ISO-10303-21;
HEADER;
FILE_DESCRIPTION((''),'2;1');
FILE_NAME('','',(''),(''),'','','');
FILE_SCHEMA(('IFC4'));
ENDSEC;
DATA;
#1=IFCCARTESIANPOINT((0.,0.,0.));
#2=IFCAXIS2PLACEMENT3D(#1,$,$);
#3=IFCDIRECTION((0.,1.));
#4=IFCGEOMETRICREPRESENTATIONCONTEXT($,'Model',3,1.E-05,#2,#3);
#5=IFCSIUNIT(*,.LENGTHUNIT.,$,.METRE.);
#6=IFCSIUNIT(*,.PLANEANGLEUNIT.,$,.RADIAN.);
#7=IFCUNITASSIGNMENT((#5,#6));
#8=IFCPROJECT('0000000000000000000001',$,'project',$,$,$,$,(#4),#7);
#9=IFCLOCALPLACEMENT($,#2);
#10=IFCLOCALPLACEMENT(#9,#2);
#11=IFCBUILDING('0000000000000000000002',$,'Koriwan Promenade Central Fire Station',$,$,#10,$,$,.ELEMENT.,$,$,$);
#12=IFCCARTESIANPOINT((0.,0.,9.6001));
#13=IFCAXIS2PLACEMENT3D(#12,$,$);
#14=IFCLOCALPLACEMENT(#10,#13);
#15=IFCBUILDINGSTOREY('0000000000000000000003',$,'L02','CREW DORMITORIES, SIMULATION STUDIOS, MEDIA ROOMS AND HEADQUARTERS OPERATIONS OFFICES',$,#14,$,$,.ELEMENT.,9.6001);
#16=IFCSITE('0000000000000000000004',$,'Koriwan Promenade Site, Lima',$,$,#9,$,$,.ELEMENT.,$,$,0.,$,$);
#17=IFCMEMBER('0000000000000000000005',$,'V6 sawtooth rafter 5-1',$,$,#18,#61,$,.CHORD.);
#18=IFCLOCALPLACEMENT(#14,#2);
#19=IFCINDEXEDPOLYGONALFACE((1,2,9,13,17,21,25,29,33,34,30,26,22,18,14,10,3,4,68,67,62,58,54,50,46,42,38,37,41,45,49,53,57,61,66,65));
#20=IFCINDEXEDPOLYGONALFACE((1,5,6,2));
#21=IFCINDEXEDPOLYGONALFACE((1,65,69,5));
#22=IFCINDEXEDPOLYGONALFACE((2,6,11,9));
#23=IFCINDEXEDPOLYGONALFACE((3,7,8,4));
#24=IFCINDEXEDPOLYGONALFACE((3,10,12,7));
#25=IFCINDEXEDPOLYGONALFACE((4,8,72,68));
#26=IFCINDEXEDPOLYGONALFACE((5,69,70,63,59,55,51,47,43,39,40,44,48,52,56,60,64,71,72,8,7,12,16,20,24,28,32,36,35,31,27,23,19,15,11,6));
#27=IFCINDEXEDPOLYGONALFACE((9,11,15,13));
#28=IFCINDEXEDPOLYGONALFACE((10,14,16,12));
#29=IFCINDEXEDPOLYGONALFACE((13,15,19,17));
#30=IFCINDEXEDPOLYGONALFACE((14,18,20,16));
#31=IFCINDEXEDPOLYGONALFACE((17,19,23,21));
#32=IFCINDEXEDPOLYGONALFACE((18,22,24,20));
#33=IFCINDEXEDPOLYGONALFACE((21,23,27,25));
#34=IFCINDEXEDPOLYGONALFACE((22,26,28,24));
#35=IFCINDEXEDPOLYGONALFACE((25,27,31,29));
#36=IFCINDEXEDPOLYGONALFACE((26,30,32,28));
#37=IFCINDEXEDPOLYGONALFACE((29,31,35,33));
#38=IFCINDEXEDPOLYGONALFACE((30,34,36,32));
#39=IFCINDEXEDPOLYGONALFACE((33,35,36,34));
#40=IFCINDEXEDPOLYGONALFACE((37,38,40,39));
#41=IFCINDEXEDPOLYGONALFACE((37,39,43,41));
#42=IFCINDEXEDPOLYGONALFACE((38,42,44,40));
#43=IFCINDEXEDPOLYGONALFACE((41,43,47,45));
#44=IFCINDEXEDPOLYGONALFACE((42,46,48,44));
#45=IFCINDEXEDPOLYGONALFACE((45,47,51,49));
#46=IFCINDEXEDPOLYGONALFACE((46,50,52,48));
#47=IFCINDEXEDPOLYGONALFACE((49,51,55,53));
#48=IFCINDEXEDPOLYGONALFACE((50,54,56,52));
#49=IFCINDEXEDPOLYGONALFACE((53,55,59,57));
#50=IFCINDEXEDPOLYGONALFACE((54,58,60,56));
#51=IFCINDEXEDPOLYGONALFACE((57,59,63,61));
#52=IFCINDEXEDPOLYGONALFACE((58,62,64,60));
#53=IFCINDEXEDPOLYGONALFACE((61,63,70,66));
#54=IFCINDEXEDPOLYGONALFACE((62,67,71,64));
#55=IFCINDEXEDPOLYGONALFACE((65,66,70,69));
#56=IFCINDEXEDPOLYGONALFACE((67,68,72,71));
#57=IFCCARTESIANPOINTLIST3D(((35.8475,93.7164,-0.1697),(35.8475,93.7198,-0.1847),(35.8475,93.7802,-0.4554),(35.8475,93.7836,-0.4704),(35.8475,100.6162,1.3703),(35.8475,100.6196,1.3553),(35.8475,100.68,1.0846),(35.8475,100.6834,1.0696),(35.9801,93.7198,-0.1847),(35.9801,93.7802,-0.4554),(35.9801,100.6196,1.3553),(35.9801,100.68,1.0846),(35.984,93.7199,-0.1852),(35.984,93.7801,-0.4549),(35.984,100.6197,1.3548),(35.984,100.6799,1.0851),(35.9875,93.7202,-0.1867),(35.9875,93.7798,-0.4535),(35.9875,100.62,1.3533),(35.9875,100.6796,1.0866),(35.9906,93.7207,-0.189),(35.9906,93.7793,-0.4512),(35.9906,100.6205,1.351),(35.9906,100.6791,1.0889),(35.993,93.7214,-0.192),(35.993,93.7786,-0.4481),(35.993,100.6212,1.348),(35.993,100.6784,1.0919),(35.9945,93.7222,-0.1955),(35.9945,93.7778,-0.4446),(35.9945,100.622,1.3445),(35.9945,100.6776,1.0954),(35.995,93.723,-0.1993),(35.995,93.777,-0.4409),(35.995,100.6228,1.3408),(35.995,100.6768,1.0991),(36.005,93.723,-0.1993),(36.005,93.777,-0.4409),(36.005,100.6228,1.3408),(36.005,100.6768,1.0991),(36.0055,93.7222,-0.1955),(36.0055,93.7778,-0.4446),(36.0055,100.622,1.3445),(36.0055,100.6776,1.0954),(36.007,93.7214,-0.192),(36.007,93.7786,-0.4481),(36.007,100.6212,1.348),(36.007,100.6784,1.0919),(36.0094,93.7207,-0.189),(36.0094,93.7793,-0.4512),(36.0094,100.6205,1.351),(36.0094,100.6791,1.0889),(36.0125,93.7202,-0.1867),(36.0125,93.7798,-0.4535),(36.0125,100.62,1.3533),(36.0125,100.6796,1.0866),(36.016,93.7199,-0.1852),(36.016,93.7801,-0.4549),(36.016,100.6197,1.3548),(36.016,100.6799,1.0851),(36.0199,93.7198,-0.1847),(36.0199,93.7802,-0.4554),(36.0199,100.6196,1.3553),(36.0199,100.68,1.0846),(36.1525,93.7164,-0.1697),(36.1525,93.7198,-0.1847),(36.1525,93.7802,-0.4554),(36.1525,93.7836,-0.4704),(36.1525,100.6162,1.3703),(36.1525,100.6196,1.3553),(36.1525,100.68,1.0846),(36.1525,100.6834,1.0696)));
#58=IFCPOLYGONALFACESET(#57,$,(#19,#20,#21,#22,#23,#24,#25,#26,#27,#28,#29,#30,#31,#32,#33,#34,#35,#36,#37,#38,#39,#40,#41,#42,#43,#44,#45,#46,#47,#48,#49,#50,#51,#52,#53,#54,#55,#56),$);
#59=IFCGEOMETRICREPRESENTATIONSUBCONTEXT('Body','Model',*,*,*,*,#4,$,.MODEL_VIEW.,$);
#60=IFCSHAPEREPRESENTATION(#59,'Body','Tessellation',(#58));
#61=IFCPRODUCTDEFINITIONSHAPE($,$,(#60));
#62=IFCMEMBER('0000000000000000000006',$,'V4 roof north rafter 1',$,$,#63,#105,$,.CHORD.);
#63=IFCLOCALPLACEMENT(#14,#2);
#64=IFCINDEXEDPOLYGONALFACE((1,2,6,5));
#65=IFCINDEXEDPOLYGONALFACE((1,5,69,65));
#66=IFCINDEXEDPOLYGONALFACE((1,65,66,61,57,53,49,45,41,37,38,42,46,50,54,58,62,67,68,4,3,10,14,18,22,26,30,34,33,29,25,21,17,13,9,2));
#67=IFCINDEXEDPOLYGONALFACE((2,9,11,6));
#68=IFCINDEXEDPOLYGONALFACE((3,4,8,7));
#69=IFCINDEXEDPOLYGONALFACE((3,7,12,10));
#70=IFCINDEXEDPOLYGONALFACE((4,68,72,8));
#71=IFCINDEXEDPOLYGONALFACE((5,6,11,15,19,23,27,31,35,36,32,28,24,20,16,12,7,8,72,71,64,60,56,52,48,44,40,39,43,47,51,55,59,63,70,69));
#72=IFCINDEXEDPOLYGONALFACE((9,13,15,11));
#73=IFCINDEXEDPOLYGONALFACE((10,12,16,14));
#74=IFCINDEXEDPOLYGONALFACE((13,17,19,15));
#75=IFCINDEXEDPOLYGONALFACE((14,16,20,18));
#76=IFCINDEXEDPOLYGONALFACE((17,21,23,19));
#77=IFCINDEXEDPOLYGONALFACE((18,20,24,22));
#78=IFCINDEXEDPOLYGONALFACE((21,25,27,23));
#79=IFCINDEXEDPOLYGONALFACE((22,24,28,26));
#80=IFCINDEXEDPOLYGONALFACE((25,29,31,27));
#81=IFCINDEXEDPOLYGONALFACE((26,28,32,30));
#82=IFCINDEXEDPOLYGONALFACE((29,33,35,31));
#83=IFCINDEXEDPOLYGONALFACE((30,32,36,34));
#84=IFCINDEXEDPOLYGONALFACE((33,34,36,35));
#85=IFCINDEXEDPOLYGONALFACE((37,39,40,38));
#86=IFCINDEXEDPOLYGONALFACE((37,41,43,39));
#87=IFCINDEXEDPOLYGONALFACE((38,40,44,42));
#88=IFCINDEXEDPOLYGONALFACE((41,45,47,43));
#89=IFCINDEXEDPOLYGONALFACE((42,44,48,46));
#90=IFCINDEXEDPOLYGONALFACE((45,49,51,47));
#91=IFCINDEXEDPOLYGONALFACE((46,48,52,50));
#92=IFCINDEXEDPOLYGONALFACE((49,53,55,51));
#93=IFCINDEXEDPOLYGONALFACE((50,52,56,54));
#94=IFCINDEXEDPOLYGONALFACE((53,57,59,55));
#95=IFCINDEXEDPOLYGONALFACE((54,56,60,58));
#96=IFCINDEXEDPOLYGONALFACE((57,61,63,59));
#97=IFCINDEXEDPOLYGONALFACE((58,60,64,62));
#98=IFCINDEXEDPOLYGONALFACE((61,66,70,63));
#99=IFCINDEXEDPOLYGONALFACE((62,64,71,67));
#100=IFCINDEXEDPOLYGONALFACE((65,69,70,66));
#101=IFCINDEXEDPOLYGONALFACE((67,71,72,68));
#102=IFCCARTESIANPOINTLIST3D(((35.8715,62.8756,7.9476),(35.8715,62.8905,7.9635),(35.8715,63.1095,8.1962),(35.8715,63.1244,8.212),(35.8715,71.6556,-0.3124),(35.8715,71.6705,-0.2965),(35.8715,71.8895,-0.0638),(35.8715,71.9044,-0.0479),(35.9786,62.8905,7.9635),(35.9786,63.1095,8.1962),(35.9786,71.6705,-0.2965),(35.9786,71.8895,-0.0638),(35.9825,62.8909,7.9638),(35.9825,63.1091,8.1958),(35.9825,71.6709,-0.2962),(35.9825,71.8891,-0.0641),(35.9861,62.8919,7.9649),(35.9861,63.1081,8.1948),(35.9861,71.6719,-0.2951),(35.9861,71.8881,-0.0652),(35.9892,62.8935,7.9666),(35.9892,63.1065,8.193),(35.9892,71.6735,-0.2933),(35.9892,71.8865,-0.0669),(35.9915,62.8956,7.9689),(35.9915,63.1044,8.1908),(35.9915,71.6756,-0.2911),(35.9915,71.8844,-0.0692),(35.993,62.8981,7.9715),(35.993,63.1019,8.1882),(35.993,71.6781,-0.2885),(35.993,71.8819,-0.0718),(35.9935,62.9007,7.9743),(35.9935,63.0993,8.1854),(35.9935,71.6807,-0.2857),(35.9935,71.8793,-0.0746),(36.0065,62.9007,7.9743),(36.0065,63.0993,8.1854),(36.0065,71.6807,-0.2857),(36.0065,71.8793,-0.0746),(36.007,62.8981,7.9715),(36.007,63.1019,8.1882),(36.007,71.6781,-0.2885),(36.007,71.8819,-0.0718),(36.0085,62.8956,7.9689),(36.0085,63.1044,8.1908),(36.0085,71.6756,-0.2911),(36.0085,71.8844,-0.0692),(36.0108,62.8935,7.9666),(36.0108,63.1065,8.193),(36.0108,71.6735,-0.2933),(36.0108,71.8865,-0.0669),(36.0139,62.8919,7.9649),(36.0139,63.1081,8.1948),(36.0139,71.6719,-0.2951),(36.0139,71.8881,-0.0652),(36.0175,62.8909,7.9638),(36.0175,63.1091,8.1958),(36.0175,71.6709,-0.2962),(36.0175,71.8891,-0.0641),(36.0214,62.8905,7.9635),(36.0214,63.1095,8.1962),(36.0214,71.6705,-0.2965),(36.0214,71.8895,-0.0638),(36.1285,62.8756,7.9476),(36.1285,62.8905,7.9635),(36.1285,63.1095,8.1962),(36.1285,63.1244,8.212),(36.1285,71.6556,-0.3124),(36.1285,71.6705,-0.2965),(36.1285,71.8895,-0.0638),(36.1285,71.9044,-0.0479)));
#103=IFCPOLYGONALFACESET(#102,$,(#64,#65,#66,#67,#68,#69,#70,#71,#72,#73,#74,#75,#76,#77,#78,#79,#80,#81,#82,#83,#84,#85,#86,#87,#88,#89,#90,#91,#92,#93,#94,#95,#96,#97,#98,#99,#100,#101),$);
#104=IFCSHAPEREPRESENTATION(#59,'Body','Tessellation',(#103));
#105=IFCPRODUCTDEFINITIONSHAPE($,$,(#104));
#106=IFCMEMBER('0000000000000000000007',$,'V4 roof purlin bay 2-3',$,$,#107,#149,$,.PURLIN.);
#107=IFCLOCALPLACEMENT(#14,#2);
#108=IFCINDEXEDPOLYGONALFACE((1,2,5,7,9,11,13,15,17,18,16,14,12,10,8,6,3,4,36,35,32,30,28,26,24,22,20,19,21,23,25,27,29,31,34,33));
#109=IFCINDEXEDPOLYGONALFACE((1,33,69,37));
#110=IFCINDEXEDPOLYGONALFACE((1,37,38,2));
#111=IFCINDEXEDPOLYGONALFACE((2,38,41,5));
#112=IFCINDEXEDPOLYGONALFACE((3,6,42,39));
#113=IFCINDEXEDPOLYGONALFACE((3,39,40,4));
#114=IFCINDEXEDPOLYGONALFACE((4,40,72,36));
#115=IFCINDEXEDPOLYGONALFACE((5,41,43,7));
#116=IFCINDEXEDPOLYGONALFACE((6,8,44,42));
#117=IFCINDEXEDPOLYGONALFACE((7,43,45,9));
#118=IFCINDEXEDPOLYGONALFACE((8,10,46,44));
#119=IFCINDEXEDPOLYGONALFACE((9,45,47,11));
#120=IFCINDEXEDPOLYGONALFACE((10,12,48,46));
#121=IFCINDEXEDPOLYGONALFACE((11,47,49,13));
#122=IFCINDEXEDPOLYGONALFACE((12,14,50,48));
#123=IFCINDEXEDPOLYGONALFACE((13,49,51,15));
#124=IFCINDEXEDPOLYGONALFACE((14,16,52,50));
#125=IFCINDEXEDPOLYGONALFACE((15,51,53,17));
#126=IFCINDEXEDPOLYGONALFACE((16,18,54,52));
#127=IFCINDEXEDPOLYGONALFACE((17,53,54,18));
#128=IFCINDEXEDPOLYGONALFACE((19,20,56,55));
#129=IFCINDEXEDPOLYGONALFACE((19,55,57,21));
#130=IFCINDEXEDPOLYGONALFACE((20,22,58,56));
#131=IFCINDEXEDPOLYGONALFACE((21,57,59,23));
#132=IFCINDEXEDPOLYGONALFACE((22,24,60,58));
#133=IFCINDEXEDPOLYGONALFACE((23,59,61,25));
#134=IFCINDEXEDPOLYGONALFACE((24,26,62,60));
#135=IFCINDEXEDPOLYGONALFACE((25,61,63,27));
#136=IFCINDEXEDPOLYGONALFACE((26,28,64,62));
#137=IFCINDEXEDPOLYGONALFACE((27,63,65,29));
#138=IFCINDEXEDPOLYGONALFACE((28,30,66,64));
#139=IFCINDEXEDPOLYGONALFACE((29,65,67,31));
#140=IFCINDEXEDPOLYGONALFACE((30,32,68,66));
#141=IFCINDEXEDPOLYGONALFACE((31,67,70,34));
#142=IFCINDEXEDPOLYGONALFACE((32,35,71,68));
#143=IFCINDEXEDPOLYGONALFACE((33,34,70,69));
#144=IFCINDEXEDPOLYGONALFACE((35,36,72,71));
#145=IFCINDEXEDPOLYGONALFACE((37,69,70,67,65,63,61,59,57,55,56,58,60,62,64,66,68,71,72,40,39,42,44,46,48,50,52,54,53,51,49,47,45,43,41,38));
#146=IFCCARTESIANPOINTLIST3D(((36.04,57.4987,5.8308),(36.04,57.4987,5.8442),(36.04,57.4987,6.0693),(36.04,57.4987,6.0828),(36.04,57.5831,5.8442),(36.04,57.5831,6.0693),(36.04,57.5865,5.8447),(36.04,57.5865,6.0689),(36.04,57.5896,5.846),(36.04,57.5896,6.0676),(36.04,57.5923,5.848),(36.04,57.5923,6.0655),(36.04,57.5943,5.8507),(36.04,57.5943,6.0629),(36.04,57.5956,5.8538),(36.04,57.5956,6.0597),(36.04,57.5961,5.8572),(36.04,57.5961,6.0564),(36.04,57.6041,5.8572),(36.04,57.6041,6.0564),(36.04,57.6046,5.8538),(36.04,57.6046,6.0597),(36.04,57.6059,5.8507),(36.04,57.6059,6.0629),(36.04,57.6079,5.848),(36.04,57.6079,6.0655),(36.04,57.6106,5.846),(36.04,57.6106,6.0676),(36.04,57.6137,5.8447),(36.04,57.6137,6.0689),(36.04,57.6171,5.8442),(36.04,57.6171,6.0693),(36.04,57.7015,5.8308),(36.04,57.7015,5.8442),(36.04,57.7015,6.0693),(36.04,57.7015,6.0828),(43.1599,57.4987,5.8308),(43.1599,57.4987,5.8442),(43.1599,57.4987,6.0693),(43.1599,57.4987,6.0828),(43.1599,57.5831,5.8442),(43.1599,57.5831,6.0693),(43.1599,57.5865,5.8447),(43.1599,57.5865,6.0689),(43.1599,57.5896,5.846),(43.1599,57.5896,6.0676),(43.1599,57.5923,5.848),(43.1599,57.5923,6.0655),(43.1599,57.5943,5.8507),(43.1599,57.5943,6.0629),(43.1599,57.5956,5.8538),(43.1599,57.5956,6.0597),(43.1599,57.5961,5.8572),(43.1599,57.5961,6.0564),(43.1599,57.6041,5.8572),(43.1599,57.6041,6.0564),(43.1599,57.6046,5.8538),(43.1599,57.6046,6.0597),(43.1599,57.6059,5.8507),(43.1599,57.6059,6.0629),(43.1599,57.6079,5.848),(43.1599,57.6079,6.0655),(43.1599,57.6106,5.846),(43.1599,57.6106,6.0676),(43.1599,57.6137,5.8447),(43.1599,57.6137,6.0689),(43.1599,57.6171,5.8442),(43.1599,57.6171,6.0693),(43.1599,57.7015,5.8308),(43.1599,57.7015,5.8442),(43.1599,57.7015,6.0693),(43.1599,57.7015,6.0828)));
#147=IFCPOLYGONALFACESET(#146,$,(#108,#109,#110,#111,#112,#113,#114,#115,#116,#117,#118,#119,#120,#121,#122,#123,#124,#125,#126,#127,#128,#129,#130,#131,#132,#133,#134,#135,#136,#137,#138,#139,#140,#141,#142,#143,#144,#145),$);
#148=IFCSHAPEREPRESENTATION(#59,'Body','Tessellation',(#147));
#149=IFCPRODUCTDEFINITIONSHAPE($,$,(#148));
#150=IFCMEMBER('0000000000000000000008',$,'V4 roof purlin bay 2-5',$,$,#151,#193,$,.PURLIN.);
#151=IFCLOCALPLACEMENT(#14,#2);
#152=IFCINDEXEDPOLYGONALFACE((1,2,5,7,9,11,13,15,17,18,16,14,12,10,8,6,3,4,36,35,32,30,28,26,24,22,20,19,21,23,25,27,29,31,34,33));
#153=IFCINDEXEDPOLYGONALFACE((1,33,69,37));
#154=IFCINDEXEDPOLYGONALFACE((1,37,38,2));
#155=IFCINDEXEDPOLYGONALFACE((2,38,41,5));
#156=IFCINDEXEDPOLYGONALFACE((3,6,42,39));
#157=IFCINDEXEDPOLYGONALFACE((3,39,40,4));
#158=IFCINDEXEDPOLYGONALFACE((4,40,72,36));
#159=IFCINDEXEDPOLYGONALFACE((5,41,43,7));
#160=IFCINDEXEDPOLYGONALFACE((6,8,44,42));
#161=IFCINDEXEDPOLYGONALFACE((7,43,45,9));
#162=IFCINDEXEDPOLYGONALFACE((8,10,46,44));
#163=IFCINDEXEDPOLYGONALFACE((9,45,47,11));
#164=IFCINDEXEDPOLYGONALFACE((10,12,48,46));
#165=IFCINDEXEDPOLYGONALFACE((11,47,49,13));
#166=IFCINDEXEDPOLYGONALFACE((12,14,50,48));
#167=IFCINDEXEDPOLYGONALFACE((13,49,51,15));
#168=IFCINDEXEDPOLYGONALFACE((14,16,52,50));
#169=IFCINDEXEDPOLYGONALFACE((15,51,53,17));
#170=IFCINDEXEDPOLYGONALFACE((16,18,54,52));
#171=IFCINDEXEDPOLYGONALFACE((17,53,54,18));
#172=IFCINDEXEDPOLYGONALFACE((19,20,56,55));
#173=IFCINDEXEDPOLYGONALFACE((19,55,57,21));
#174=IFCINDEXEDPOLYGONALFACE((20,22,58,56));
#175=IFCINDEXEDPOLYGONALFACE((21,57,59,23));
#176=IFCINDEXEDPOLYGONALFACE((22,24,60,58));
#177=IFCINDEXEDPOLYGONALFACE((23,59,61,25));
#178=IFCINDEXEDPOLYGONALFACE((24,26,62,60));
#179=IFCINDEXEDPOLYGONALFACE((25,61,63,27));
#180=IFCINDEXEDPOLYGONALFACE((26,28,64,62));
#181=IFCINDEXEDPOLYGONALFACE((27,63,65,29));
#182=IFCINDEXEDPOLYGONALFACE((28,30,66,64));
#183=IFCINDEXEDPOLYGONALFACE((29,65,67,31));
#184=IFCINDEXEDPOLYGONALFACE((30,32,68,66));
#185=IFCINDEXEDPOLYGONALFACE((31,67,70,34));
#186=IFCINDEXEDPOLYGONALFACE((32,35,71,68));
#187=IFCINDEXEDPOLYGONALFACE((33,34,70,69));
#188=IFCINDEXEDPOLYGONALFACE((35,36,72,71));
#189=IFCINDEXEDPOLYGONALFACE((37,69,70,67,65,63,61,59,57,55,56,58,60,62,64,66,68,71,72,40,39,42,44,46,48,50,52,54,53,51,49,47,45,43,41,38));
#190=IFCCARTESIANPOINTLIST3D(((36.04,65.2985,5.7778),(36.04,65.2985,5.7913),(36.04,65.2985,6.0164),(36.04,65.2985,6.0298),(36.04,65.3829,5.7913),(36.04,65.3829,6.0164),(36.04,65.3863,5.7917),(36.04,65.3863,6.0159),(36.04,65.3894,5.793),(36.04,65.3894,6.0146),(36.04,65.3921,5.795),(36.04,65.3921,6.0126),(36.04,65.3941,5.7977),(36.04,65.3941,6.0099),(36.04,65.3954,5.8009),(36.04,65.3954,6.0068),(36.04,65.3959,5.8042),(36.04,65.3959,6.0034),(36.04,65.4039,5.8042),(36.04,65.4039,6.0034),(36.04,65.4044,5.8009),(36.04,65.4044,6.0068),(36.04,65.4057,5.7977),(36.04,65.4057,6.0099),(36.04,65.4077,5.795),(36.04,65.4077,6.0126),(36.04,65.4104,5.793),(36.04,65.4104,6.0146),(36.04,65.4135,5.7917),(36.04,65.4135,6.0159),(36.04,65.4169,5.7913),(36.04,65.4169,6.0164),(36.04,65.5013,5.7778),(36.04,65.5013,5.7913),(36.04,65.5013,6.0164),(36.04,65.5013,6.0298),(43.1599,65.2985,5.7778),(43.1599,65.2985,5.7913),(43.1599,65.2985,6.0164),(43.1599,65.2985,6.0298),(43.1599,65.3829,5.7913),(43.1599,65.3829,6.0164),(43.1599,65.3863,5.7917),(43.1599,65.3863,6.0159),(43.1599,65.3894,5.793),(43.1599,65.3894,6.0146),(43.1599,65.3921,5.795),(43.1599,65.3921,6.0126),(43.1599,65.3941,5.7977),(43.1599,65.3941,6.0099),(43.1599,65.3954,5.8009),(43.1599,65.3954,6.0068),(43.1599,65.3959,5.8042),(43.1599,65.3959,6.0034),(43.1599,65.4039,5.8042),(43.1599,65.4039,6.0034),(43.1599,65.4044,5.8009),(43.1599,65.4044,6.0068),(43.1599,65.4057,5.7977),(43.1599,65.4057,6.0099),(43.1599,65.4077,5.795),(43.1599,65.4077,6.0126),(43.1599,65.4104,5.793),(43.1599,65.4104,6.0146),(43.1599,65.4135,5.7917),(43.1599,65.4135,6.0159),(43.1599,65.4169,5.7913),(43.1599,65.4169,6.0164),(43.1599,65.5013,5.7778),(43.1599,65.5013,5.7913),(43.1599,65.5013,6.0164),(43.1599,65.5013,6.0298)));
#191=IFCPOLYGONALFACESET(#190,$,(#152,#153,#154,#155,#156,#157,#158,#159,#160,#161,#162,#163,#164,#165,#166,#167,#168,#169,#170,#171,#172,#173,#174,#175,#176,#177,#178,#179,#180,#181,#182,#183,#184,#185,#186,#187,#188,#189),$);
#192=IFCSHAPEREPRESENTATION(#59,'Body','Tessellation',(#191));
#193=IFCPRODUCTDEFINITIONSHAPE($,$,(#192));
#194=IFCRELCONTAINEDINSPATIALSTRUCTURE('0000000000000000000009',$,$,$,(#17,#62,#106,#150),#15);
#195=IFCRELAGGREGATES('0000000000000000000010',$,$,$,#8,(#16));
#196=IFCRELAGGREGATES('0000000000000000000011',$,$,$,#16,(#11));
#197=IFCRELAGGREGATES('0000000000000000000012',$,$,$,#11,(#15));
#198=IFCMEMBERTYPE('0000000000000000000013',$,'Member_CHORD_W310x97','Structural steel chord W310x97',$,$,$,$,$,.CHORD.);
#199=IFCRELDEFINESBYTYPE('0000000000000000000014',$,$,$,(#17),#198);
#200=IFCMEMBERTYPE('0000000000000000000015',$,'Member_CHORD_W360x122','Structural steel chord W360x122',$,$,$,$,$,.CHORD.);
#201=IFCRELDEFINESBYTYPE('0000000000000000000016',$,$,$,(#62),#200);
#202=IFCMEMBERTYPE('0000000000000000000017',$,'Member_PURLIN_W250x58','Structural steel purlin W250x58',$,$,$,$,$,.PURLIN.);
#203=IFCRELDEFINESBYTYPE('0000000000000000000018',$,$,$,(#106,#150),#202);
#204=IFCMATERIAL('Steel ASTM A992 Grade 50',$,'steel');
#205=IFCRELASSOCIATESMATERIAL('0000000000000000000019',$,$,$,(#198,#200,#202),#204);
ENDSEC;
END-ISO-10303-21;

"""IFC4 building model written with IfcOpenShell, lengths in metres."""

from ifc_helpers import new_model, si_unit, direction, frame, origin, origin_2d, place, context, subcontext, project, spatial, i_section, extrude, material, material_profile, profile_set, type_object, element, save


model = new_model("IFC4")

# Units and contexts
model_context = context("Model", 3, precision=1e-05, world=origin(), true_north=direction((0.0, 1.0)))
body_context = subcontext(model_context, "Body", "Model", "MODEL_VIEW")
ifc_project = project(units=[si_unit("LENGTHUNIT", "METRE"), si_unit("PLANEANGLEUNIT", "RADIAN")], contexts=[model_context])

# Site, building, storey
site_placement = place(None, origin())
site = spatial("IfcSite", under=ifc_project, at=site_placement, Name="Koriwan Promenade Site, Lima", CompositionType="ELEMENT", RefElevation=0.0)
building_placement = place(site_placement, origin())
building = spatial("IfcBuilding", under=site, at=building_placement, Name="Koriwan Promenade Central Fire Station", CompositionType="ELEMENT")
storey_placement = place(building_placement, frame((0.0, 0.0, 9.6001)))
storey = spatial("IfcBuildingStorey", under=building, at=storey_placement, Name="L02", Description="CREW DORMITORIES, SIMULATION STUDIOS, MEDIA ROOMS AND HEADQUARTERS OPERATIONS OFFICES", CompositionType="ELEMENT", Elevation=9.6001)

# Members
ifc_material_1 = material(Name="Steel ASTM A992 Grade 50", Category="steel")
ifc_material_profile_1 = material_profile(ifc_material_1, i_section(OverallWidth=0.3049, OverallDepth=0.3081, WebThickness=0.01, FlangeThickness=0.0154, FilletRadius=0.0149, at=origin_2d()), Name="W310x97")
ifc_profile_set_1 = profile_set([ifc_material_profile_1], Name="Steel ASTM A992 Grade 50")
member_type_1 = type_object("IfcMemberType", Name="Member_CHORD_W310x97", Description="Structural steel chord W310x97", PredefinedType="CHORD", material=ifc_profile_set_1)
member_1_placement = place(storey_placement, frame((36.0, 93.75, -0.3201), z_axis=(0.0, 0.975985, 0.217837), x_axis=(-1.0, 0.0, 0.0)))
element("IfcMember", 1, at=member_1_placement, inside=storey, type_object=member_type_1, Name="V6 sawtooth rafter 5-1", PredefinedType="CHORD", context=body_context, shape_type="SweptSolid", body=[
    extrude(i_section(OverallWidth=0.3049, OverallDepth=0.3081, WebThickness=0.01, FlangeThickness=0.0154, FilletRadius=0.0149, at=origin_2d()), origin(), (0.0, 0.0, 1.0), 7.0696),
])
ifc_material_profile_2 = material_profile(ifc_material_1, i_section(OverallWidth=0.2571, OverallDepth=0.363, WebThickness=0.0129, FlangeThickness=0.0217, FilletRadius=0.0149, at=origin_2d()), Name="W360x122")
ifc_profile_set_2 = profile_set([ifc_material_profile_2], Name="Steel ASTM A992 Grade 50")
member_type_2 = type_object("IfcMemberType", Name="Member_CHORD_W360x122", Description="Structural steel chord W360x122", PredefinedType="CHORD", material=ifc_profile_set_2)
member_2_placement = place(storey_placement, frame((36.0, 63.0, 8.0798), z_axis=(0.0, 0.728347, -0.685209), x_axis=(-1.0, 0.0, 0.0)))
element("IfcMember", 2, at=member_2_placement, inside=storey, type_object=member_type_2, Name="V4 roof north rafter 1", PredefinedType="CHORD", context=body_context, shape_type="SweptSolid", body=[
    extrude(i_section(OverallWidth=0.2571, OverallDepth=0.363, WebThickness=0.0129, FlangeThickness=0.0217, FilletRadius=0.0149, at=origin_2d()), origin(), (0.0, 0.0, 1.0), 12.0547),
])
ifc_material_profile_3 = material_profile(ifc_material_1, i_section(OverallWidth=0.2029, OverallDepth=0.252, WebThickness=0.0081, FlangeThickness=0.0134, FilletRadius=0.0129, at=origin_2d()), Name="W250x58")
ifc_profile_set_3 = profile_set([ifc_material_profile_3], Name="Steel ASTM A992 Grade 50")
member_type_3 = type_object("IfcMemberType", Name="Member_PURLIN_W250x58", Description="Structural steel purlin W250x58", PredefinedType="PURLIN", material=ifc_profile_set_3)
for number, where, z_axis, x_axis, name in (
    (3, (36.04, 57.6001, 5.9568), (1.0, 0.0, 0.0), (0.0, 1.0, 0.0), "V4 roof purlin bay 2-3"),
    (4, (36.04, 65.3999, 5.9038), (1.0, 0.0, 0.0), (0.0, 1.0, 0.0), "V4 roof purlin bay 2-5"),
):
    element("IfcMember", number, at=place(storey_placement, frame(where, z_axis=z_axis, x_axis=x_axis)), inside=storey, type_object=member_type_3, Name=name, PredefinedType="PURLIN", context=body_context, shape_type="SweptSolid", body=[
        extrude(i_section(OverallWidth=0.2029, OverallDepth=0.252, WebThickness=0.0081, FlangeThickness=0.0134, FilletRadius=0.0129, at=origin_2d()), origin(), (0.0, 0.0, 1.0), 7.1199),
    ])

save(model, "model.ifc")
